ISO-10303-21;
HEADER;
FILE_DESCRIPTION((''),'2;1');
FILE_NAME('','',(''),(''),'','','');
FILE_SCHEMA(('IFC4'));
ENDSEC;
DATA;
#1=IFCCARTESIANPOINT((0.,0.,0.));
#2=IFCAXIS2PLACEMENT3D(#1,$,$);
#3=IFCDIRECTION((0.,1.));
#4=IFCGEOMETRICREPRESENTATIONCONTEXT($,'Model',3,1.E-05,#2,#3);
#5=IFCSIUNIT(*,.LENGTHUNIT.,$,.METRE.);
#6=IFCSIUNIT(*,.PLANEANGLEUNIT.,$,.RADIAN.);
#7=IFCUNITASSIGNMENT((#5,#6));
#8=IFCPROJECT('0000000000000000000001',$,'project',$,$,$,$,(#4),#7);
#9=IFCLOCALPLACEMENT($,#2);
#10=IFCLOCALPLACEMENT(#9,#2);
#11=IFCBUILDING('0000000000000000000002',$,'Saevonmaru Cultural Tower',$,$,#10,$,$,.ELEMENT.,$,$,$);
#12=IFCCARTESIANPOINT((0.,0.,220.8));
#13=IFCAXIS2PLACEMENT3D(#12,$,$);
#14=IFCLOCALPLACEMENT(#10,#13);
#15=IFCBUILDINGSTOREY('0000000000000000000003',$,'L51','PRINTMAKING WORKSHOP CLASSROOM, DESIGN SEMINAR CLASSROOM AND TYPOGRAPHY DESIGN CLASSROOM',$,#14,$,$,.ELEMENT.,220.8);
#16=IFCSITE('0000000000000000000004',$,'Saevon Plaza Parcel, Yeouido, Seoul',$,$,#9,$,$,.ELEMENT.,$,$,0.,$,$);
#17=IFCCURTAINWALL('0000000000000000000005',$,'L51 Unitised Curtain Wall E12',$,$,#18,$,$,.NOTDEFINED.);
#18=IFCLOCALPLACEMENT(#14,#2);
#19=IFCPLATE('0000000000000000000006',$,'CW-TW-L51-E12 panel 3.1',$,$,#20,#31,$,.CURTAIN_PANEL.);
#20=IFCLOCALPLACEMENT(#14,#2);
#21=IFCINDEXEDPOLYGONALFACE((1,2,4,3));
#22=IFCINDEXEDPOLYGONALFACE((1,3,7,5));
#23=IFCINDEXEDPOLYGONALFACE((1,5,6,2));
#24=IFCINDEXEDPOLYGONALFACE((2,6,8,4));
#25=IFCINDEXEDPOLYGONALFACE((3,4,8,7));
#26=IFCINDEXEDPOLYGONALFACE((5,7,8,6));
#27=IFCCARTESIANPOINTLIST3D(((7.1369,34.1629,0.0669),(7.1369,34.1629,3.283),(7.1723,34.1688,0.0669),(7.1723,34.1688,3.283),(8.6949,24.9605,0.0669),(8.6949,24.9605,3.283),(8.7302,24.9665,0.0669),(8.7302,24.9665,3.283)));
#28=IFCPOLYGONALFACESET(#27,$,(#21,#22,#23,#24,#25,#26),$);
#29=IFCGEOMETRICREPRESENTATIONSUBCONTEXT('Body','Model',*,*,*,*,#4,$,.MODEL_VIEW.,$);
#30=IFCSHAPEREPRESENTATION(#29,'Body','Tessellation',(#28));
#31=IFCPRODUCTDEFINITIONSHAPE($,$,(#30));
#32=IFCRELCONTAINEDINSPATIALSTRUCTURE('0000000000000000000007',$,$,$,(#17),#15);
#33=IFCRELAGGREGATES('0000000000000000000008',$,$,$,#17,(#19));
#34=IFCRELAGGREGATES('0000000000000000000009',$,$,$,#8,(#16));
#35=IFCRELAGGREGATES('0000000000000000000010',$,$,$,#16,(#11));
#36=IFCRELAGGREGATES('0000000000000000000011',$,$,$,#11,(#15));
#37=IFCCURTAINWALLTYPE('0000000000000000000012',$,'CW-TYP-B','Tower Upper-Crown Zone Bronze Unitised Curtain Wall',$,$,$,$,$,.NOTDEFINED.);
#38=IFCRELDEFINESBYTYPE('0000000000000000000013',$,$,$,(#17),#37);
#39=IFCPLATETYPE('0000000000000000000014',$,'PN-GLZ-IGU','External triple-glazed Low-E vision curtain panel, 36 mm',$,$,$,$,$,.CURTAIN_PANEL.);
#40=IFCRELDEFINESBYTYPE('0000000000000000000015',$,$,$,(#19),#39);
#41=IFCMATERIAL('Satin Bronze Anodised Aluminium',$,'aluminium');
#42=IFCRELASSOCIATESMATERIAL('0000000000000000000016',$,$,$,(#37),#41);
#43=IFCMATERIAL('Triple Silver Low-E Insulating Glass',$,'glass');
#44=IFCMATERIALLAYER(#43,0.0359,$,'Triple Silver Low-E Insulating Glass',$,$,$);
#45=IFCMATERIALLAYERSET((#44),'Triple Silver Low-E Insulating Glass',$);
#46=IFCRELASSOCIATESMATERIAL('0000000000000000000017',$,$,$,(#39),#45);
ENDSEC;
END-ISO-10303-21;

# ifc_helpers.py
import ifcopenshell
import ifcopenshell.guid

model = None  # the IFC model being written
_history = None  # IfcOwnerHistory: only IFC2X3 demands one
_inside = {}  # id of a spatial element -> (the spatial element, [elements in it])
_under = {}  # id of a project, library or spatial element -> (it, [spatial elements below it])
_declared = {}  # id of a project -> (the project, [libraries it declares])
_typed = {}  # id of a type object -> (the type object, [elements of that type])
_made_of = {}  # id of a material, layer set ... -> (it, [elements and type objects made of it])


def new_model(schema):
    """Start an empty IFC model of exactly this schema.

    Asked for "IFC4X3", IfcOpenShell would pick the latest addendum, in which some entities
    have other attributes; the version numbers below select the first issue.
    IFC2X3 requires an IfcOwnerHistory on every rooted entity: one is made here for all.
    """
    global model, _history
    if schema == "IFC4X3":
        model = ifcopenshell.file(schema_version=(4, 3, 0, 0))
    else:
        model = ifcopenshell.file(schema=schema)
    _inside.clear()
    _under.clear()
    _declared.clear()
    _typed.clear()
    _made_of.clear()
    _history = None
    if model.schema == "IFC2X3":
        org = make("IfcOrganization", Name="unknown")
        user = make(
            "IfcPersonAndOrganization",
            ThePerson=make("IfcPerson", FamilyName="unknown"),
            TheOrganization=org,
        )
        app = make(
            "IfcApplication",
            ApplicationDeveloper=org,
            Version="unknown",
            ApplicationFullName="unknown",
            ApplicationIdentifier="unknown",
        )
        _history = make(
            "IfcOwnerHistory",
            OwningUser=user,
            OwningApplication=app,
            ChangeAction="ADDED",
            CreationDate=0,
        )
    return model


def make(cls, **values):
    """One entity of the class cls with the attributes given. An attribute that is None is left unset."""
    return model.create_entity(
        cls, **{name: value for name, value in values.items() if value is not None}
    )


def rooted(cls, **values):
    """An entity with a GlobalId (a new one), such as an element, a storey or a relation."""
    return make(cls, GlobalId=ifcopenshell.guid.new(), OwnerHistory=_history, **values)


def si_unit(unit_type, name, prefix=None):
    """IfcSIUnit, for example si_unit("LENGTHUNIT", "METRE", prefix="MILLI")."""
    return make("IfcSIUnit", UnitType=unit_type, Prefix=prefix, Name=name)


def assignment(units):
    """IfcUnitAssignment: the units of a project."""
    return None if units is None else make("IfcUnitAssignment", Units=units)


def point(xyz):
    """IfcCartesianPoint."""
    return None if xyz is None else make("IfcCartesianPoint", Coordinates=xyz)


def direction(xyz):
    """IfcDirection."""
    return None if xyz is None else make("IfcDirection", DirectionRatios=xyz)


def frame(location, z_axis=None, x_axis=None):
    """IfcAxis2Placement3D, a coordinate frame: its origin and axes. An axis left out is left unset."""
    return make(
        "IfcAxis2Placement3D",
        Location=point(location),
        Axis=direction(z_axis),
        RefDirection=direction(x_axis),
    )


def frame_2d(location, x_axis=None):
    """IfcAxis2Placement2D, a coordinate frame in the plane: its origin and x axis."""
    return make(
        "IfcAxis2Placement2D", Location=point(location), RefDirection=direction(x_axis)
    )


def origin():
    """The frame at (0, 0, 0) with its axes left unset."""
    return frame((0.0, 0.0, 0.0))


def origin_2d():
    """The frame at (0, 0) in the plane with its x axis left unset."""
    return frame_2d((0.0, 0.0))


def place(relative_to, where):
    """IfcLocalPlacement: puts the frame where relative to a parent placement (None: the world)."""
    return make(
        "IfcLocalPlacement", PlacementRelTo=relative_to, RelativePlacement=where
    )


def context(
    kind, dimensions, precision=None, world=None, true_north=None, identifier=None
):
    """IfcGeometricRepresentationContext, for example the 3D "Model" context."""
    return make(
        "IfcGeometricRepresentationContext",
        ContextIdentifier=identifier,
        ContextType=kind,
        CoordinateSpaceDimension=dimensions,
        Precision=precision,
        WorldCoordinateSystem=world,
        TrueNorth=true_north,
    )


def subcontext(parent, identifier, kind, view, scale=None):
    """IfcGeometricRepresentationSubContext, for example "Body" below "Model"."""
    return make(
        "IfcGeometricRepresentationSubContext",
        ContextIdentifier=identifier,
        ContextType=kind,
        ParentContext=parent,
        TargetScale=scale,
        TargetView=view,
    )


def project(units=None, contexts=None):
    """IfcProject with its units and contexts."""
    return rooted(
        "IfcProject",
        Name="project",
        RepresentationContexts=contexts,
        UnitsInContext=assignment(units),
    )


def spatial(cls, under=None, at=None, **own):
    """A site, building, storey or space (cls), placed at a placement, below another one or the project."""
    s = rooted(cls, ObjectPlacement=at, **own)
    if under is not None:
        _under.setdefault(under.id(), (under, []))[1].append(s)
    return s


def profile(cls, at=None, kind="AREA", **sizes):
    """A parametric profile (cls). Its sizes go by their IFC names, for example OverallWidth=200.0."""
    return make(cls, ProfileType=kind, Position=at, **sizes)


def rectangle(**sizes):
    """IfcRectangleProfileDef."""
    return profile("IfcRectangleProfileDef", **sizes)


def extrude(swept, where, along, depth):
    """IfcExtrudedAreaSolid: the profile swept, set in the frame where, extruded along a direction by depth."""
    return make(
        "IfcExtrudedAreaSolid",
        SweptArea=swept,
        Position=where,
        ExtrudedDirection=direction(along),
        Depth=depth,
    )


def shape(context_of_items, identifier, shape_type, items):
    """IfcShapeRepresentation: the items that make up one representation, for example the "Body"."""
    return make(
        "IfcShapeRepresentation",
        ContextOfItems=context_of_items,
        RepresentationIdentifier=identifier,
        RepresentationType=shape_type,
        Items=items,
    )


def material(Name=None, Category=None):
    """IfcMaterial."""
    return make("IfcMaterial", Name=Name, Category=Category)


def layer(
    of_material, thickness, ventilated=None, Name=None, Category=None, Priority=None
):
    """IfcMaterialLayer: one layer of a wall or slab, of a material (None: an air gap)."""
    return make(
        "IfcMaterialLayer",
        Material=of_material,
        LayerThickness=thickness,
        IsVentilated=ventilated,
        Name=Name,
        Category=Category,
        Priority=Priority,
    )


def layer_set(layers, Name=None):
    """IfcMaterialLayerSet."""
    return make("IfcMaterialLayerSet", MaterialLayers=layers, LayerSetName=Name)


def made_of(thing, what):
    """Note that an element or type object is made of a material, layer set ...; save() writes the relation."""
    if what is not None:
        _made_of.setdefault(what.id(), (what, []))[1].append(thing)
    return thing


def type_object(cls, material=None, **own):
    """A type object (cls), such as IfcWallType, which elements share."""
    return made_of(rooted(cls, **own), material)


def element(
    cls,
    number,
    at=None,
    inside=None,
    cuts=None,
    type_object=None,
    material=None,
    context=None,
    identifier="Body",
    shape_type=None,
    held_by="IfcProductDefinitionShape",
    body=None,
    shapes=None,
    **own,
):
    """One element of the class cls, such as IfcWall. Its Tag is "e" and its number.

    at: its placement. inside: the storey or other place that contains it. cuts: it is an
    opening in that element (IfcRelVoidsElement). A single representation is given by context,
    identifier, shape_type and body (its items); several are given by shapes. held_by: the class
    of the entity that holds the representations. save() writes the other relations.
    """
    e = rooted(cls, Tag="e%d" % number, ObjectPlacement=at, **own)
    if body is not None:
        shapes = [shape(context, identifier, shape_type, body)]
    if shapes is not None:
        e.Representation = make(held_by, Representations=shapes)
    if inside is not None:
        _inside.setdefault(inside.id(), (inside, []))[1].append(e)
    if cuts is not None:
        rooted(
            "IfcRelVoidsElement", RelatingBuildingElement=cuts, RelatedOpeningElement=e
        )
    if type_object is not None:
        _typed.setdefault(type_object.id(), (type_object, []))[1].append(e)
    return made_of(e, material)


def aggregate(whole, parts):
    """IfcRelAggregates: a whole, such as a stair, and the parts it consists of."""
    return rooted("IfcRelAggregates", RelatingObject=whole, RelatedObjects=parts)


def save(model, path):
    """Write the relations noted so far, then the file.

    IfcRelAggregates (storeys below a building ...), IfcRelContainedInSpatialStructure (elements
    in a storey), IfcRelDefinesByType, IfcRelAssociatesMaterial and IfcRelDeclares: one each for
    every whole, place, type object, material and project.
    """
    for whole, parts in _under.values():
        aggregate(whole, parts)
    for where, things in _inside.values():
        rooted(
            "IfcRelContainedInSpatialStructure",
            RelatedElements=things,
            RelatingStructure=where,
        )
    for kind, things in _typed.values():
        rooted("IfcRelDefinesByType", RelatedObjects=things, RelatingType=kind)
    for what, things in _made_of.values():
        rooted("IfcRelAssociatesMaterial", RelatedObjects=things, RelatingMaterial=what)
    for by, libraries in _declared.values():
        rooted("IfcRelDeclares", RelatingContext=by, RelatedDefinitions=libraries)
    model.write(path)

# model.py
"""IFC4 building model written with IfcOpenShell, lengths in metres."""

from ifc_helpers import new_model, si_unit, direction, frame, origin, origin_2d, place, context, subcontext, project, spatial, rectangle, extrude, material, layer, layer_set, type_object, element, aggregate, save


model = new_model("IFC4")

# Units and contexts
model_context = context("Model", 3, precision=1e-05, world=origin(), true_north=direction((0.0, 1.0)))
body_context = subcontext(model_context, "Body", "Model", "MODEL_VIEW")
ifc_project = project(units=[si_unit("LENGTHUNIT", "METRE"), si_unit("PLANEANGLEUNIT", "RADIAN")], contexts=[model_context])

# Site, building, storey
site_placement = place(None, origin())
site = spatial("IfcSite", under=ifc_project, at=site_placement, Name="Saevon Plaza Parcel, Yeouido, Seoul", CompositionType="ELEMENT", RefElevation=0.0)
building_placement = place(site_placement, origin())
building = spatial("IfcBuilding", under=site, at=building_placement, Name="Saevonmaru Cultural Tower", CompositionType="ELEMENT")
storey_placement = place(building_placement, frame((0.0, 0.0, 220.8)))
storey = spatial("IfcBuildingStorey", under=building, at=storey_placement, Name="L51", Description="PRINTMAKING WORKSHOP CLASSROOM, DESIGN SEMINAR CLASSROOM AND TYPOGRAPHY DESIGN CLASSROOM", CompositionType="ELEMENT", Elevation=220.8)

# Curtain wall
ifc_material_1 = material(Name="Satin Bronze Anodised Aluminium", Category="aluminium")
curtain_wall_type_1 = type_object("IfcCurtainWallType", Name="CW-TYP-B", Description="Tower Upper-Crown Zone Bronze Unitised Curtain Wall", PredefinedType="NOTDEFINED", material=ifc_material_1)
curtain_wall_1_placement = place(storey_placement, origin())
curtain_wall_1 = element("IfcCurtainWall", 1, at=curtain_wall_1_placement, inside=storey, type_object=curtain_wall_type_1, Name="L51 Unitised Curtain Wall E12", PredefinedType="NOTDEFINED")

# Plate
ifc_material_2 = material(Name="Triple Silver Low-E Insulating Glass", Category="glass")
ifc_layer_1 = layer(ifc_material_2, 0.0359, Name="Triple Silver Low-E Insulating Glass")
ifc_layer_set_1 = layer_set([ifc_layer_1], Name="Triple Silver Low-E Insulating Glass")
plate_type_1 = type_object("IfcPlateType", Name="PN-GLZ-IGU", Description="External triple-glazed Low-E vision curtain panel, 36 mm", PredefinedType="CURTAIN_PANEL", material=ifc_layer_set_1)
plate_1_placement = place(storey_placement, frame((7.9336, 29.5647, 0.0669), z_axis=(0.0, 0.0, 1.0), x_axis=(0.166922, -0.98597, 0.0)))
plate_1 = element("IfcPlate", 2, at=plate_1_placement, type_object=plate_type_1, Name="CW-TW-L51-E12 panel 3.1", PredefinedType="CURTAIN_PANEL", context=body_context, shape_type="SweptSolid", body=[
    extrude(rectangle(XDim=9.3333, YDim=0.0359, at=origin_2d()), origin(), (0.0, 0.0, 1.0), 3.2161),
])
aggregate(curtain_wall_1, [plate_1])

save(model, "model.ifc")
